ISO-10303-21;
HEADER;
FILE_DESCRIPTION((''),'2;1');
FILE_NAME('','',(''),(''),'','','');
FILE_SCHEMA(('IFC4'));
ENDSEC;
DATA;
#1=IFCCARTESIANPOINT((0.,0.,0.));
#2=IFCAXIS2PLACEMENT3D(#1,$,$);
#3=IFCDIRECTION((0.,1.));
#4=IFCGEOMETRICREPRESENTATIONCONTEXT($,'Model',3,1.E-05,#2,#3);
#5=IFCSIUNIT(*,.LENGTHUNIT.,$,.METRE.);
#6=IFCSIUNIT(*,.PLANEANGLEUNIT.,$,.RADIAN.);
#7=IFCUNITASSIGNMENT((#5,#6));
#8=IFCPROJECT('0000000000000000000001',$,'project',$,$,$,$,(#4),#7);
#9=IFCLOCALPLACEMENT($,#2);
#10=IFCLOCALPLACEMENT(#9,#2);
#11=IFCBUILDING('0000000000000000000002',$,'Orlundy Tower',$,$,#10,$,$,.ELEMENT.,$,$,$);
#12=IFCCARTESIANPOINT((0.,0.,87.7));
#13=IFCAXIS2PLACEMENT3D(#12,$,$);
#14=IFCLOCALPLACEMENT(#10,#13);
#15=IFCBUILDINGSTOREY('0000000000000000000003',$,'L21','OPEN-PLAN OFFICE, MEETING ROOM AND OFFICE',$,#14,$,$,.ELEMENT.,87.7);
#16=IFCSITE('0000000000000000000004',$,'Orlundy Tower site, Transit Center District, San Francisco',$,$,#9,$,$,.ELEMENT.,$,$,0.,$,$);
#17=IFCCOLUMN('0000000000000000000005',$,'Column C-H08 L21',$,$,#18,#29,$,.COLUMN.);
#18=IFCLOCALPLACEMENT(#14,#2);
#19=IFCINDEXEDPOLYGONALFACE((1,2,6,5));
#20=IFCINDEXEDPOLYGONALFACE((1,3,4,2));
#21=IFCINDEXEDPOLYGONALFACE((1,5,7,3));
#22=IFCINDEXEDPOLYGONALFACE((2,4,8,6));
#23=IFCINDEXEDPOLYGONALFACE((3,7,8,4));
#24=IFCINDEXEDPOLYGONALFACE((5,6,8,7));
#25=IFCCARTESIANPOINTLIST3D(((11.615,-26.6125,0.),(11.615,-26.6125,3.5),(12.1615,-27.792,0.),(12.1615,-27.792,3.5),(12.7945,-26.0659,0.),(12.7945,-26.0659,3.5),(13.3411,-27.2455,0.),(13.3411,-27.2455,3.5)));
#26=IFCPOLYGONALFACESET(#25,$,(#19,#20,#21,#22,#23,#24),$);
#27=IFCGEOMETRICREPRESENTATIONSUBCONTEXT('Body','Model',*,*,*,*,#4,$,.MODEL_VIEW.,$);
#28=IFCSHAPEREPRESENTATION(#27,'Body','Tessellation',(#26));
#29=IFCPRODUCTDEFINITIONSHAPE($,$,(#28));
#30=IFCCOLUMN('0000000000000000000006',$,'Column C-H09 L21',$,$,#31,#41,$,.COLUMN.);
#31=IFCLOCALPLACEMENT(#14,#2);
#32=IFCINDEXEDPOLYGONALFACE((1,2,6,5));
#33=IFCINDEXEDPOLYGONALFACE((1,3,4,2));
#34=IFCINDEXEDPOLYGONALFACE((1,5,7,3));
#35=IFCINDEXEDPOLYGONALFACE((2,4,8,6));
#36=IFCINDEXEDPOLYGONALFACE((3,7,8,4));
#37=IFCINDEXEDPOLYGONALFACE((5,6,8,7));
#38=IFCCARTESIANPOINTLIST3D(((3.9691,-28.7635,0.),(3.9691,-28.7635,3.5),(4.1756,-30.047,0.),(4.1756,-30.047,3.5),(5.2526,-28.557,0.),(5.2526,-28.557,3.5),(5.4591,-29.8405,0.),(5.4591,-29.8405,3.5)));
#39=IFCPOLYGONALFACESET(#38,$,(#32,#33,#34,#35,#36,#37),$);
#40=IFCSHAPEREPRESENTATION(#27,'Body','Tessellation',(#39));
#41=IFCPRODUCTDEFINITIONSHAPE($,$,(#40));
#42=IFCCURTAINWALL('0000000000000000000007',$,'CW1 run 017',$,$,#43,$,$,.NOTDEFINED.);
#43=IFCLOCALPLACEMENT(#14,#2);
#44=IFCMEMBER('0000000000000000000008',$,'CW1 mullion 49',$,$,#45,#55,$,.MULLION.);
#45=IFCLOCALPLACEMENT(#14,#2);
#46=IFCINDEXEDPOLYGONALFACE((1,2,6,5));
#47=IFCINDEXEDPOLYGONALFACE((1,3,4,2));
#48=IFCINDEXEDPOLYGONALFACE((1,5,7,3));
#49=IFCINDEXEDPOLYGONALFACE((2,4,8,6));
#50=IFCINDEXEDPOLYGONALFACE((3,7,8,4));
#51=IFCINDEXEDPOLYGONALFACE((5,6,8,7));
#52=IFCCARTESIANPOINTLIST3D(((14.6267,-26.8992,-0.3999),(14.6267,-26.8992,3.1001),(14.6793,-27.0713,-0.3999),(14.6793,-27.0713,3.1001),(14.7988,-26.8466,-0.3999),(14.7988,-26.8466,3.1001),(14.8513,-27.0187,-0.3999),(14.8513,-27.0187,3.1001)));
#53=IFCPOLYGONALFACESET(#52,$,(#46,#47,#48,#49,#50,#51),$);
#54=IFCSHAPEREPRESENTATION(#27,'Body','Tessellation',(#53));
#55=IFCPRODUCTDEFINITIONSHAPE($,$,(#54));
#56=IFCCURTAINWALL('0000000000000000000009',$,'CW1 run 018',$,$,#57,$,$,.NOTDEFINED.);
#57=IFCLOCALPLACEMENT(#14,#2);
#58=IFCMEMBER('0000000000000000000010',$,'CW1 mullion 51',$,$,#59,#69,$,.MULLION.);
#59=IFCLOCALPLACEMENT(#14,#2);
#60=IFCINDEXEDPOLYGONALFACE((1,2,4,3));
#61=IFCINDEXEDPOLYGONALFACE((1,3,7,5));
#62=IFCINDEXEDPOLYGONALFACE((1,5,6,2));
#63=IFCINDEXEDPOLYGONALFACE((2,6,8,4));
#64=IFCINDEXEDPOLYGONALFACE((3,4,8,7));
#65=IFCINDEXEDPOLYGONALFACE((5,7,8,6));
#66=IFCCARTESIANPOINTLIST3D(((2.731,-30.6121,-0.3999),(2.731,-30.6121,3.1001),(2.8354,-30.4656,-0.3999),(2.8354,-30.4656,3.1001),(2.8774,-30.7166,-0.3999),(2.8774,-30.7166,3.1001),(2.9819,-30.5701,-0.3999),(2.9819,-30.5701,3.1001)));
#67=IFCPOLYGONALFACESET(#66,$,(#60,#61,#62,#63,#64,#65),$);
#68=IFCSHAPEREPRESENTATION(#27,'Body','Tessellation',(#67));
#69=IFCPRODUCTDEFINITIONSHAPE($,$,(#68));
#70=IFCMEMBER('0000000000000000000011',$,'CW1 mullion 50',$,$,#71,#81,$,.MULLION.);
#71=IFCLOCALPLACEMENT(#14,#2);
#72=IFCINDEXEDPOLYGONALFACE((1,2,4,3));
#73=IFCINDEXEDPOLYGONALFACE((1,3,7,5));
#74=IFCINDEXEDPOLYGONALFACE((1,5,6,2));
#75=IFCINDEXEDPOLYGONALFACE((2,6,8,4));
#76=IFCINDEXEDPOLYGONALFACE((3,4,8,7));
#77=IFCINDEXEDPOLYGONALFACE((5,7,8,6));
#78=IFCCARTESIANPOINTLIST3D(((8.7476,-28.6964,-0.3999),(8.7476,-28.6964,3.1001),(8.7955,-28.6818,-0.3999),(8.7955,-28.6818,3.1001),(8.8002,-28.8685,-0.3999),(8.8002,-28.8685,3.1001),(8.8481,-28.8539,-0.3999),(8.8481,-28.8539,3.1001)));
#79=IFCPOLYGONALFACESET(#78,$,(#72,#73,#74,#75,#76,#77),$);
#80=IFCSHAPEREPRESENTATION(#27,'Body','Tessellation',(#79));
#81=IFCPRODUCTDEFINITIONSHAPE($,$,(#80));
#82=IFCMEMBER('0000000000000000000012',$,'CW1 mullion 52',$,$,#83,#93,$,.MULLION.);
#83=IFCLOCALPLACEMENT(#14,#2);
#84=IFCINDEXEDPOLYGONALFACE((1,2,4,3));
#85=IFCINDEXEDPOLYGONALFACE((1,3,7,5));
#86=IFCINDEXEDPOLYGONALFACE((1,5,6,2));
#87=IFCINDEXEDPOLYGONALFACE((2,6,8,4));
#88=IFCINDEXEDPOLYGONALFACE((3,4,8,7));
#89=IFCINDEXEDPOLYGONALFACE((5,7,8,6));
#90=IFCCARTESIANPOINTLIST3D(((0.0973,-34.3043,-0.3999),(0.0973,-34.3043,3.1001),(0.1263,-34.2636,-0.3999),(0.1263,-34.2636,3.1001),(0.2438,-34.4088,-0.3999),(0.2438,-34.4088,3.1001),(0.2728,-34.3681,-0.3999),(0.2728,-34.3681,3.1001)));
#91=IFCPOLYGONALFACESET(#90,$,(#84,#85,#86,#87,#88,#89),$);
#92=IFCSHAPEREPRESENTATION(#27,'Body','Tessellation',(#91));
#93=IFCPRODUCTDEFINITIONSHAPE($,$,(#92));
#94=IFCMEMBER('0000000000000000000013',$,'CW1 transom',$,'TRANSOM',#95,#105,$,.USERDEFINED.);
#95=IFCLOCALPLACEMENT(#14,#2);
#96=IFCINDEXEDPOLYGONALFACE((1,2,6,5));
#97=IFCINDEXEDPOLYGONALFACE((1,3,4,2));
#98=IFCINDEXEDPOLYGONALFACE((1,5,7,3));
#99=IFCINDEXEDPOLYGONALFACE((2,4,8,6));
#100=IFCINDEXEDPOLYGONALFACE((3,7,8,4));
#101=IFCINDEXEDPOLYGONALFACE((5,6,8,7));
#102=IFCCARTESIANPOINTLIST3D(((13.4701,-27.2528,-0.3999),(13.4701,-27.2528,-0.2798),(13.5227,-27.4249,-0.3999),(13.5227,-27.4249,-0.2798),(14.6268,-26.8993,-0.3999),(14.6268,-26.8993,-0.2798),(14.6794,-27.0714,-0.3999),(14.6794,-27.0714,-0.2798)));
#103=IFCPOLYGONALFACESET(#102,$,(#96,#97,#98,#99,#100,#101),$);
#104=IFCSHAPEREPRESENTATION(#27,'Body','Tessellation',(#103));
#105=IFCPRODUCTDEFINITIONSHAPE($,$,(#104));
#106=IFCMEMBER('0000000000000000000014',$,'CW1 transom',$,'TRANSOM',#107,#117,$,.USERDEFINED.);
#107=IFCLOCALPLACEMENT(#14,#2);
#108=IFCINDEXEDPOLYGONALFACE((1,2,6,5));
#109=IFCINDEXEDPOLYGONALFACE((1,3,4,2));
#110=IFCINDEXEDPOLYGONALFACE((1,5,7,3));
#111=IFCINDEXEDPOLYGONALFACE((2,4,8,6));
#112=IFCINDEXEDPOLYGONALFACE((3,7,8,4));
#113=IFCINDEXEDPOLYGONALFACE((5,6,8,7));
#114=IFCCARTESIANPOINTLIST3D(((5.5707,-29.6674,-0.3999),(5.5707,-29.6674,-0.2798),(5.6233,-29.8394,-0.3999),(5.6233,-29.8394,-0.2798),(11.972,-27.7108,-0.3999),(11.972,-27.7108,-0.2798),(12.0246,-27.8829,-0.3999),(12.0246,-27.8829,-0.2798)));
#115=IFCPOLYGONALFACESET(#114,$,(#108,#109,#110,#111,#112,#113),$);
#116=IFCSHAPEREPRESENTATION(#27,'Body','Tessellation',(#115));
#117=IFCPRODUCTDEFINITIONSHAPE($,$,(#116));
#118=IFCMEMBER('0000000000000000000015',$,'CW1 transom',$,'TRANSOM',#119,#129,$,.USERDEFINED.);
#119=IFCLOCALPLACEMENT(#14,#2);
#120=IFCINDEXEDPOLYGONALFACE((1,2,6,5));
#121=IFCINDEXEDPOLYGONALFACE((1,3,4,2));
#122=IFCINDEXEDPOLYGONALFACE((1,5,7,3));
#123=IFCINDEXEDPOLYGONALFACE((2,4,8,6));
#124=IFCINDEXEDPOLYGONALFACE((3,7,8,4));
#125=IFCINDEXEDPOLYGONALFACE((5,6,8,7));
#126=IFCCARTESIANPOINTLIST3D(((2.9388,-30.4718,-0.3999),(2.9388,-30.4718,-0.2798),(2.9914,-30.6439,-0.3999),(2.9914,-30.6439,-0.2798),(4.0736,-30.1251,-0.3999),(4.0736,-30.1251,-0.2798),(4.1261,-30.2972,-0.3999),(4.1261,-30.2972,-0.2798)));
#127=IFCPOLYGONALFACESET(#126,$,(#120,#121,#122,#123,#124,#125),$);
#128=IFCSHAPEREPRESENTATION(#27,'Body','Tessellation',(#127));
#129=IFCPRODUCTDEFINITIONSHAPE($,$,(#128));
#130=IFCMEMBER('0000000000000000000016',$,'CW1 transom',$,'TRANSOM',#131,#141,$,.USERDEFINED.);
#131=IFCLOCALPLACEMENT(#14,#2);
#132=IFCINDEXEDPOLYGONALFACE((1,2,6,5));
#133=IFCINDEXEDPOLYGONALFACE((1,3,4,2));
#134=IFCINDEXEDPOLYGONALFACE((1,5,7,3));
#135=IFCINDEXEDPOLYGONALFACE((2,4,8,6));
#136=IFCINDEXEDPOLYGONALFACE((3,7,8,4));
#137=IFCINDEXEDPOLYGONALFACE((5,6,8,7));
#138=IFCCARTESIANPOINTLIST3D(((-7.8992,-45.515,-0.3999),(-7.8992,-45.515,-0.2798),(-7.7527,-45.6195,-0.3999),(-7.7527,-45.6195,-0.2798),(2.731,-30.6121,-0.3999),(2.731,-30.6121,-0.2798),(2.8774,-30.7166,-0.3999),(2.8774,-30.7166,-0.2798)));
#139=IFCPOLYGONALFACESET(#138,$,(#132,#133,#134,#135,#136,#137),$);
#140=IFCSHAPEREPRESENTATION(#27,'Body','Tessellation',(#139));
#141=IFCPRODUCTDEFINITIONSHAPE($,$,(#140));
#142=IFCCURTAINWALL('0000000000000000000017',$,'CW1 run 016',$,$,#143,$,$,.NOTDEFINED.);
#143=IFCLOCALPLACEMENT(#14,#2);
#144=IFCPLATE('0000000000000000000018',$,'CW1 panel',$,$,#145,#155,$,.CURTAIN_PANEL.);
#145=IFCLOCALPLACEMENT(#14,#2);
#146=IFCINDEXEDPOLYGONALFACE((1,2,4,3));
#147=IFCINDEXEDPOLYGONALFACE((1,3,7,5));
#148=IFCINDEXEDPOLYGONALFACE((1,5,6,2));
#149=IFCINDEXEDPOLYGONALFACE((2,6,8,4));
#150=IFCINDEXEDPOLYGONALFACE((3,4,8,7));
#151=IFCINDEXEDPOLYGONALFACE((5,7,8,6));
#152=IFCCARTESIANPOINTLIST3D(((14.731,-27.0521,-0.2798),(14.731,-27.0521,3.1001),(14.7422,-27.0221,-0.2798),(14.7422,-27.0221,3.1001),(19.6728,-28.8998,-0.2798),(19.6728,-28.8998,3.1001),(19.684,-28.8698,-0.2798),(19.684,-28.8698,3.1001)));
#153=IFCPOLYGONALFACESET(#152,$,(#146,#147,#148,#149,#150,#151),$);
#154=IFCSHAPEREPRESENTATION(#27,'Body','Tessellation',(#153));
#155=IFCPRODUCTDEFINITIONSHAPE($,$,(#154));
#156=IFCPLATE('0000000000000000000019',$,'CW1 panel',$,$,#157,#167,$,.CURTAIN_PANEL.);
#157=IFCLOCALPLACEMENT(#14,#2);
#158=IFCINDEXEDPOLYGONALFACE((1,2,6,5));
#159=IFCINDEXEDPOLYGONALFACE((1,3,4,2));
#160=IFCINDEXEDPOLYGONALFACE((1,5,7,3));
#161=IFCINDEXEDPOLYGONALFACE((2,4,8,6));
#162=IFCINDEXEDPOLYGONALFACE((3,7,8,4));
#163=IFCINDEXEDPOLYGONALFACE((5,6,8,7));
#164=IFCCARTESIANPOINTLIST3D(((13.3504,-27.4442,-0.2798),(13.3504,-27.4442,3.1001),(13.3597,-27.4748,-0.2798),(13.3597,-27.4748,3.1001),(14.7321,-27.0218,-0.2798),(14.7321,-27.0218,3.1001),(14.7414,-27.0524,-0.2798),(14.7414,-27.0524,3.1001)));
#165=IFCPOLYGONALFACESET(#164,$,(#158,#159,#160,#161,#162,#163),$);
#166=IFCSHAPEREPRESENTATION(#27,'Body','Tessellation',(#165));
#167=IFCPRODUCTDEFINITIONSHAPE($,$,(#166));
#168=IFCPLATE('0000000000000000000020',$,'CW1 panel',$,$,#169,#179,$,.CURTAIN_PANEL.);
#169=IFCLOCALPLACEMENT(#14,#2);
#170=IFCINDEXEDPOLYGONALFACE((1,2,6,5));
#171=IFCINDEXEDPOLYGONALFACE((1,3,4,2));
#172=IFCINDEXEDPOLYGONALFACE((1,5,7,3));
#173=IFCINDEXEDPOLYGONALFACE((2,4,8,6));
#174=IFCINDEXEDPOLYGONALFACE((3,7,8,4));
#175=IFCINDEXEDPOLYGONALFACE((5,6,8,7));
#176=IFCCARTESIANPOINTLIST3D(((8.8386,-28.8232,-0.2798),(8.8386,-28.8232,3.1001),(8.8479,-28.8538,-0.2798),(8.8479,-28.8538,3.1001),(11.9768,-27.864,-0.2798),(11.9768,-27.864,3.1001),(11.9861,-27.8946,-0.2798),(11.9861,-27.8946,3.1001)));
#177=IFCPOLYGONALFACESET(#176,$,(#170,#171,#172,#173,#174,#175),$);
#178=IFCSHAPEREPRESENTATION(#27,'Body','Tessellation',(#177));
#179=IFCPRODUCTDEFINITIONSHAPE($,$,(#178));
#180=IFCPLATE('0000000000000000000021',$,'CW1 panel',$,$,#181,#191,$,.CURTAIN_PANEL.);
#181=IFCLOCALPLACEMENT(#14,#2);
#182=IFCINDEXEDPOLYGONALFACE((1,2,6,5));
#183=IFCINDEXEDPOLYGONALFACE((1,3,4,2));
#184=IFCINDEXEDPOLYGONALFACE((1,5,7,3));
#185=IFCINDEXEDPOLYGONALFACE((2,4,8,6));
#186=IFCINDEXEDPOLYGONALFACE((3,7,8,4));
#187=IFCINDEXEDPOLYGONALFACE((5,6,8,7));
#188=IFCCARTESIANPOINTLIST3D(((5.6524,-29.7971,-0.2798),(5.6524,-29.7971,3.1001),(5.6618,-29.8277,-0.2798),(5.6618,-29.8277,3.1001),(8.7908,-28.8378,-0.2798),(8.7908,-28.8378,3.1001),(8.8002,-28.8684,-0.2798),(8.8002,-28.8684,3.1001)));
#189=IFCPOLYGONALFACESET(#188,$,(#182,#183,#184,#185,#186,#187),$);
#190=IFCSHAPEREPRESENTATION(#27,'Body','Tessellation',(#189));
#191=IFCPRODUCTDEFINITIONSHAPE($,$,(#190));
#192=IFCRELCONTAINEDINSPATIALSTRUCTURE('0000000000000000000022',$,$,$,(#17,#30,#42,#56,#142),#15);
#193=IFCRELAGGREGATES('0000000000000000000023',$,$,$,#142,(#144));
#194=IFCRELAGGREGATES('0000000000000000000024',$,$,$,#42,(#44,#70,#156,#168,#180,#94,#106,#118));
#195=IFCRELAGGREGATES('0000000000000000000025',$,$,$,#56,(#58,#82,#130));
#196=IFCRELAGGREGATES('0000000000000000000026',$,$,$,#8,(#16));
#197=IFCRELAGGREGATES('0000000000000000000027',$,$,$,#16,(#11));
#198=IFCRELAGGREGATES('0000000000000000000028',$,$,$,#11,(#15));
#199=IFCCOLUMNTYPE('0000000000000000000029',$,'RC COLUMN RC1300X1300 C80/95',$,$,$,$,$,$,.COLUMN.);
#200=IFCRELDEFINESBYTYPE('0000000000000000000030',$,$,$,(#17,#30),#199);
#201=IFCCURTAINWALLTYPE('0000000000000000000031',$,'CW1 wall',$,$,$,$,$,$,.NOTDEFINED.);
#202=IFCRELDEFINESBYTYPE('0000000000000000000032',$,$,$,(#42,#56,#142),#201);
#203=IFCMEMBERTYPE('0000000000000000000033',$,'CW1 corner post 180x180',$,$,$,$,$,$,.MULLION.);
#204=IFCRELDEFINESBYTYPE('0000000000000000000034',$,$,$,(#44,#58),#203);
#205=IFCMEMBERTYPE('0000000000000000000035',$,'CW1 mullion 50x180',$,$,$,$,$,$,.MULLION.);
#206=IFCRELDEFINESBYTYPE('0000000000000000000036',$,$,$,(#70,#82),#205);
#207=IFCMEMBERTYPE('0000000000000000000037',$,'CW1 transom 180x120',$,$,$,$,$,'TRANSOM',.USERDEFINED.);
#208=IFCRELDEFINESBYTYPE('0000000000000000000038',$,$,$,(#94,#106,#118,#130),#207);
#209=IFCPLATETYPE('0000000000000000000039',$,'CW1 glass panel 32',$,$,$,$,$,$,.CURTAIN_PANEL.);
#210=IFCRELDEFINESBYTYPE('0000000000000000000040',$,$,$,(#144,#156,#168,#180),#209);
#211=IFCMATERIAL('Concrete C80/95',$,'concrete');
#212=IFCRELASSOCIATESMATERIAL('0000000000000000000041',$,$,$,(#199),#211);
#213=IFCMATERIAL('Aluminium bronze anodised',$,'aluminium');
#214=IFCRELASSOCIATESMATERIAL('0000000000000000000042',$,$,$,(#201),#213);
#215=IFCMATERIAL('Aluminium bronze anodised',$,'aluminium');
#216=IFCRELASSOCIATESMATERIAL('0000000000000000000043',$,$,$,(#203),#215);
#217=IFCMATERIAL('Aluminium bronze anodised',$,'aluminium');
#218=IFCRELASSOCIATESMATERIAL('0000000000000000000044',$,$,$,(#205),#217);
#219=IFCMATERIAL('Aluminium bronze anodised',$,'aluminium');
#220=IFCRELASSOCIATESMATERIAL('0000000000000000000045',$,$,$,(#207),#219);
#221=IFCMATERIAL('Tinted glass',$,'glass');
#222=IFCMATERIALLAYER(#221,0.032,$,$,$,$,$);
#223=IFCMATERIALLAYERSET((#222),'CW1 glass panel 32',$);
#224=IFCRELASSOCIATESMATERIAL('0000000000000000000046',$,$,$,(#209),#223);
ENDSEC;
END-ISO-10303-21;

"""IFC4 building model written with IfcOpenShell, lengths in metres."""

from ifc_helpers import new_model, si_unit, direction, frame, origin, origin_2d, place, context, subcontext, project, spatial, rectangle, extrude, material, layer, layer_set, material_profile, profile_set, type_object, element, aggregate, save


model = new_model("IFC4")

# Units and contexts
model_context = context("Model", 3, precision=1e-05, world=origin(), true_north=direction((0.0, 1.0)))
body_context = subcontext(model_context, "Body", "Model", "MODEL_VIEW")
ifc_project = project(units=[si_unit("LENGTHUNIT", "METRE"), si_unit("PLANEANGLEUNIT", "RADIAN")], contexts=[model_context])

# Site, building, storey
site_placement = place(None, origin())
site = spatial("IfcSite", under=ifc_project, at=site_placement, Name="Orlundy Tower site, Transit Center District, San Francisco", CompositionType="ELEMENT", RefElevation=0.0)
building_placement = place(site_placement, origin())
building = spatial("IfcBuilding", under=site, at=building_placement, Name="Orlundy Tower", CompositionType="ELEMENT")
storey_placement = place(building_placement, frame((0.0, 0.0, 87.7)))
storey = spatial("IfcBuildingStorey", under=building, at=storey_placement, Name="L21", Description="OPEN-PLAN OFFICE, MEETING ROOM AND OFFICE", CompositionType="ELEMENT", Elevation=87.7)

# Columns
ifc_material_1 = material(Name="Concrete C80/95", Category="concrete")
ifc_material_profile_1 = material_profile(ifc_material_1, rectangle(XDim=1.3, YDim=1.3, at=origin_2d()), Name="RC1300X1300")
ifc_profile_set_1 = profile_set([ifc_material_profile_1], Name="Concrete C80/95")
column_type = type_object("IfcColumnType", Name="RC COLUMN RC1300X1300 C80/95", PredefinedType="COLUMN", material=ifc_profile_set_1)
for number, where, z_axis, x_axis, name in (
    (1, (12.478, -26.929, 0.0), (0.0, 0.0, 1.0), (0.420418, -0.90733, 0.0), "Column C-H08 L21"),
    (2, (4.7141, -29.302, 0.0), (0.0, 0.0, 1.0), (0.15883, -0.987306, 0.0), "Column C-H09 L21"),
):
    element("IfcColumn", number, at=place(storey_placement, frame(where, z_axis=z_axis, x_axis=x_axis)), inside=storey, type_object=column_type, Name=name, PredefinedType="COLUMN", context=body_context, shape_type="SweptSolid", body=[
        extrude(rectangle(XDim=1.3, YDim=1.3, at=origin_2d()), origin(), (0.0, 0.0, 1.0), 3.5),
    ])

# Curtain walls, members
ifc_material_2 = material(Name="Aluminium bronze anodised", Category="aluminium")
curtain_wall_type = type_object("IfcCurtainWallType", Name="CW1 wall", PredefinedType="NOTDEFINED", material=ifc_material_2)
curtain_wall_1_placement = place(storey_placement, origin())
curtain_wall_1 = element("IfcCurtainWall", 3, at=curtain_wall_1_placement, inside=storey, type_object=curtain_wall_type, Name="CW1 run 017", PredefinedType="NOTDEFINED")
ifc_material_3 = material(Name="Aluminium bronze anodised", Category="aluminium")
ifc_material_profile_2 = material_profile(ifc_material_3, rectangle(XDim=0.1799, YDim=0.1799, at=origin_2d()), Name="CW1 corner post 180x180")
ifc_profile_set_2 = profile_set([ifc_material_profile_2], Name="Aluminium bronze anodised")
member_type_1 = type_object("IfcMemberType", Name="CW1 corner post 180x180", PredefinedType="MULLION", material=ifc_profile_set_2)
member_1_placement = place(storey_placement, frame((14.739, -26.959, -0.3999), z_axis=(0.0, 0.0, 1.0), x_axis=(0.292318, -0.956321, 0.0)))
member_1 = element("IfcMember", 4, at=member_1_placement, type_object=member_type_1, Name="CW1 mullion 49", PredefinedType="MULLION", context=body_context, shape_type="SweptSolid", body=[
    extrude(rectangle(XDim=0.1799, YDim=0.1799, at=origin_2d()), origin(), (0.0, 0.0, 1.0), 3.5),
])
curtain_wall_2_placement = place(storey_placement, origin())
curtain_wall_2 = element("IfcCurtainWall", 5, at=curtain_wall_2_placement, inside=storey, type_object=curtain_wall_type, Name="CW1 run 018", PredefinedType="NOTDEFINED")
member_2_placement = place(storey_placement, frame((2.8564, -30.5911, -0.3999), z_axis=(0.0, 0.0, 1.0), x_axis=(0.81411, -0.58071, 0.0)))
member_2 = element("IfcMember", 6, at=member_2_placement, type_object=member_type_1, Name="CW1 mullion 51", PredefinedType="MULLION", context=body_context, shape_type="SweptSolid", body=[
    extrude(rectangle(XDim=0.1799, YDim=0.1799, at=origin_2d()), origin(), (0.0, 0.0, 1.0), 3.5),
])

# Members
ifc_material_4 = material(Name="Aluminium bronze anodised", Category="aluminium")
ifc_material_profile_3 = material_profile(ifc_material_4, rectangle(XDim=0.1799, YDim=0.05, at=origin_2d()), Name="CW1 mullion 50x180")
ifc_profile_set_3 = profile_set([ifc_material_profile_3], Name="Aluminium bronze anodised")
member_type_2 = type_object("IfcMemberType", Name="CW1 mullion 50x180", PredefinedType="MULLION", material=ifc_profile_set_3)
member_3_placement = place(storey_placement, frame((8.7979, -28.7751, -0.3999), z_axis=(0.0, 0.0, 1.0), x_axis=(0.292318, -0.956321, 0.0)))
member_3 = element("IfcMember", 7, at=member_3_placement, type_object=member_type_2, Name="CW1 mullion 50", PredefinedType="MULLION", context=body_context, shape_type="SweptSolid", body=[
    extrude(rectangle(XDim=0.1799, YDim=0.05, at=origin_2d()), origin(), (0.0, 0.0, 1.0), 3.5),
])
member_4_placement = place(storey_placement, frame((0.1851, -34.3362, -0.3999), z_axis=(0.0, 0.0, 1.0), x_axis=(0.81411, -0.58071, 0.0)))
member_4 = element("IfcMember", 8, at=member_4_placement, type_object=member_type_2, Name="CW1 mullion 52", PredefinedType="MULLION", context=body_context, shape_type="SweptSolid", body=[
    extrude(rectangle(XDim=0.1799, YDim=0.05, at=origin_2d()), origin(), (0.0, 0.0, 1.0), 3.5),
])
ifc_material_5 = material(Name="Aluminium bronze anodised", Category="aluminium")
ifc_material_profile_4 = material_profile(ifc_material_5, rectangle(XDim=0.1799, YDim=0.1201, at=origin_2d()), Name="CW1 transom 180x120")
ifc_profile_set_4 = profile_set([ifc_material_profile_4], Name="Aluminium bronze anodised")
member_type_3 = type_object("IfcMemberType", Name="CW1 transom 180x120", ElementType="TRANSOM", PredefinedType="USERDEFINED", material=ifc_profile_set_4)
member_5_placement = place(storey_placement, frame((14.6531, -26.9854, -0.3398), z_axis=(-0.956336, -0.29227, 0.0), x_axis=(0.29227, -0.956336, 0.0)))
member_5 = element("IfcMember", 9, at=member_5_placement, type_object=member_type_3, Name="CW1 transom", ObjectType="TRANSOM", PredefinedType="USERDEFINED", context=body_context, shape_type="SweptSolid", body=[
    extrude(rectangle(XDim=0.1799, YDim=0.1201, at=origin_2d()), origin(), (0.0, 0.0, 1.0), 1.2095),
])
member_6_placement = place(storey_placement, frame((11.9983, -27.7969, -0.3398), z_axis=(-0.956328, -0.292296, 0.0), x_axis=(0.292296, -0.956328, 0.0)))
member_6 = element("IfcMember", 10, at=member_6_placement, type_object=member_type_3, Name="CW1 transom", ObjectType="TRANSOM", PredefinedType="USERDEFINED", context=body_context, shape_type="SweptSolid", body=[
    extrude(rectangle(XDim=0.1799, YDim=0.1201, at=origin_2d()), origin(), (0.0, 0.0, 1.0), 6.6936),
])
member_7_placement = place(storey_placement, frame((4.0999, -30.2112, -0.3398), z_axis=(-0.956364, -0.292177, 0.0), x_axis=(0.292177, -0.956364, 0.0)))
member_7 = element("IfcMember", 11, at=member_7_placement, type_object=member_type_3, Name="CW1 transom", ObjectType="TRANSOM", PredefinedType="USERDEFINED", context=body_context, shape_type="SweptSolid", body=[
    extrude(rectangle(XDim=0.1799, YDim=0.1201, at=origin_2d()), origin(), (0.0, 0.0, 1.0), 1.1865),
])
member_8_placement = place(storey_placement, frame((2.8042, -30.6643, -0.3398), z_axis=(-0.580704, -0.814114, 0.0), x_axis=(0.814114, -0.580704, 0.0)))
member_8 = element("IfcMember", 12, at=member_8_placement, type_object=member_type_3, Name="CW1 transom", ObjectType="TRANSOM", PredefinedType="USERDEFINED", context=body_context, shape_type="SweptSolid", body=[
    extrude(rectangle(XDim=0.1799, YDim=0.1201, at=origin_2d()), origin(), (0.0, 0.0, 1.0), 18.3057),
])

# Curtain wall, plate
curtain_wall_3_placement = place(storey_placement, origin())
curtain_wall_3 = element("IfcCurtainWall", 13, at=curtain_wall_3_placement, inside=storey, type_object=curtain_wall_type, Name="CW1 run 016", PredefinedType="NOTDEFINED")
ifc_material_6 = material(Name="Tinted glass", Category="glass")
ifc_layer_1 = layer(ifc_material_6, 0.032)
ifc_layer_set_1 = layer_set([ifc_layer_1], Name="CW1 glass panel 32")
plate_type = type_object("IfcPlateType", Name="CW1 glass panel 32", PredefinedType="CURTAIN_PANEL", material=ifc_layer_set_1)
plate_1_placement = place(storey_placement, frame((17.2075, -27.9609, -0.2798), z_axis=(0.0, 0.0, 1.0), x_axis=(-0.936668, 0.350219, 0.0)))
plate_1 = element("IfcPlate", 14, at=plate_1_placement, type_object=plate_type, Name="CW1 panel", PredefinedType="CURTAIN_PANEL", context=body_context, shape_type="SweptSolid", body=[
    extrude(rectangle(XDim=5.2759, YDim=0.032, at=origin_2d()), origin(), (0.0, 0.0, 1.0), 3.3799),
])
aggregate(curtain_wall_3, [plate_1])

# Plates
plate_2_placement = place(storey_placement, frame((14.0459, -27.2483, -0.2798), z_axis=(0.0, 0.0, 1.0), x_axis=(-0.956321, -0.292318, 0.0)))
plate_2 = element("IfcPlate", 15, at=plate_2_placement, type_object=plate_type, Name="CW1 panel", PredefinedType="CURTAIN_PANEL", context=body_context, shape_type="SweptSolid", body=[
    extrude(rectangle(XDim=1.4448, YDim=0.032, at=origin_2d()), origin(), (0.0, 0.0, 1.0), 3.3799),
])
plate_3_placement = place(storey_placement, frame((10.4124, -28.3589, -0.2798), z_axis=(0.0, 0.0, 1.0), x_axis=(-0.956321, -0.292318, 0.0)))
plate_3 = element("IfcPlate", 16, at=plate_3_placement, type_object=plate_type, Name="CW1 panel", PredefinedType="CURTAIN_PANEL", context=body_context, shape_type="SweptSolid", body=[
    extrude(rectangle(XDim=3.2815, YDim=0.032, at=origin_2d()), origin(), (0.0, 0.0, 1.0), 3.3799),
])
plate_4_placement = place(storey_placement, frame((7.2263, -29.3328, -0.2798), z_axis=(0.0, 0.0, 1.0), x_axis=(-0.956321, -0.292318, 0.0)))
plate_4 = element("IfcPlate", 17, at=plate_4_placement, type_object=plate_type, Name="CW1 panel", PredefinedType="CURTAIN_PANEL", context=body_context, shape_type="SweptSolid", body=[
    extrude(rectangle(XDim=3.2817, YDim=0.032, at=origin_2d()), origin(), (0.0, 0.0, 1.0), 3.3799),
])
aggregate(curtain_wall_1, [member_1, member_3, plate_2, plate_3, plate_4, member_5, member_6, member_7])
aggregate(curtain_wall_2, [member_2, member_4, member_8])

save(model, "model.ifc")
